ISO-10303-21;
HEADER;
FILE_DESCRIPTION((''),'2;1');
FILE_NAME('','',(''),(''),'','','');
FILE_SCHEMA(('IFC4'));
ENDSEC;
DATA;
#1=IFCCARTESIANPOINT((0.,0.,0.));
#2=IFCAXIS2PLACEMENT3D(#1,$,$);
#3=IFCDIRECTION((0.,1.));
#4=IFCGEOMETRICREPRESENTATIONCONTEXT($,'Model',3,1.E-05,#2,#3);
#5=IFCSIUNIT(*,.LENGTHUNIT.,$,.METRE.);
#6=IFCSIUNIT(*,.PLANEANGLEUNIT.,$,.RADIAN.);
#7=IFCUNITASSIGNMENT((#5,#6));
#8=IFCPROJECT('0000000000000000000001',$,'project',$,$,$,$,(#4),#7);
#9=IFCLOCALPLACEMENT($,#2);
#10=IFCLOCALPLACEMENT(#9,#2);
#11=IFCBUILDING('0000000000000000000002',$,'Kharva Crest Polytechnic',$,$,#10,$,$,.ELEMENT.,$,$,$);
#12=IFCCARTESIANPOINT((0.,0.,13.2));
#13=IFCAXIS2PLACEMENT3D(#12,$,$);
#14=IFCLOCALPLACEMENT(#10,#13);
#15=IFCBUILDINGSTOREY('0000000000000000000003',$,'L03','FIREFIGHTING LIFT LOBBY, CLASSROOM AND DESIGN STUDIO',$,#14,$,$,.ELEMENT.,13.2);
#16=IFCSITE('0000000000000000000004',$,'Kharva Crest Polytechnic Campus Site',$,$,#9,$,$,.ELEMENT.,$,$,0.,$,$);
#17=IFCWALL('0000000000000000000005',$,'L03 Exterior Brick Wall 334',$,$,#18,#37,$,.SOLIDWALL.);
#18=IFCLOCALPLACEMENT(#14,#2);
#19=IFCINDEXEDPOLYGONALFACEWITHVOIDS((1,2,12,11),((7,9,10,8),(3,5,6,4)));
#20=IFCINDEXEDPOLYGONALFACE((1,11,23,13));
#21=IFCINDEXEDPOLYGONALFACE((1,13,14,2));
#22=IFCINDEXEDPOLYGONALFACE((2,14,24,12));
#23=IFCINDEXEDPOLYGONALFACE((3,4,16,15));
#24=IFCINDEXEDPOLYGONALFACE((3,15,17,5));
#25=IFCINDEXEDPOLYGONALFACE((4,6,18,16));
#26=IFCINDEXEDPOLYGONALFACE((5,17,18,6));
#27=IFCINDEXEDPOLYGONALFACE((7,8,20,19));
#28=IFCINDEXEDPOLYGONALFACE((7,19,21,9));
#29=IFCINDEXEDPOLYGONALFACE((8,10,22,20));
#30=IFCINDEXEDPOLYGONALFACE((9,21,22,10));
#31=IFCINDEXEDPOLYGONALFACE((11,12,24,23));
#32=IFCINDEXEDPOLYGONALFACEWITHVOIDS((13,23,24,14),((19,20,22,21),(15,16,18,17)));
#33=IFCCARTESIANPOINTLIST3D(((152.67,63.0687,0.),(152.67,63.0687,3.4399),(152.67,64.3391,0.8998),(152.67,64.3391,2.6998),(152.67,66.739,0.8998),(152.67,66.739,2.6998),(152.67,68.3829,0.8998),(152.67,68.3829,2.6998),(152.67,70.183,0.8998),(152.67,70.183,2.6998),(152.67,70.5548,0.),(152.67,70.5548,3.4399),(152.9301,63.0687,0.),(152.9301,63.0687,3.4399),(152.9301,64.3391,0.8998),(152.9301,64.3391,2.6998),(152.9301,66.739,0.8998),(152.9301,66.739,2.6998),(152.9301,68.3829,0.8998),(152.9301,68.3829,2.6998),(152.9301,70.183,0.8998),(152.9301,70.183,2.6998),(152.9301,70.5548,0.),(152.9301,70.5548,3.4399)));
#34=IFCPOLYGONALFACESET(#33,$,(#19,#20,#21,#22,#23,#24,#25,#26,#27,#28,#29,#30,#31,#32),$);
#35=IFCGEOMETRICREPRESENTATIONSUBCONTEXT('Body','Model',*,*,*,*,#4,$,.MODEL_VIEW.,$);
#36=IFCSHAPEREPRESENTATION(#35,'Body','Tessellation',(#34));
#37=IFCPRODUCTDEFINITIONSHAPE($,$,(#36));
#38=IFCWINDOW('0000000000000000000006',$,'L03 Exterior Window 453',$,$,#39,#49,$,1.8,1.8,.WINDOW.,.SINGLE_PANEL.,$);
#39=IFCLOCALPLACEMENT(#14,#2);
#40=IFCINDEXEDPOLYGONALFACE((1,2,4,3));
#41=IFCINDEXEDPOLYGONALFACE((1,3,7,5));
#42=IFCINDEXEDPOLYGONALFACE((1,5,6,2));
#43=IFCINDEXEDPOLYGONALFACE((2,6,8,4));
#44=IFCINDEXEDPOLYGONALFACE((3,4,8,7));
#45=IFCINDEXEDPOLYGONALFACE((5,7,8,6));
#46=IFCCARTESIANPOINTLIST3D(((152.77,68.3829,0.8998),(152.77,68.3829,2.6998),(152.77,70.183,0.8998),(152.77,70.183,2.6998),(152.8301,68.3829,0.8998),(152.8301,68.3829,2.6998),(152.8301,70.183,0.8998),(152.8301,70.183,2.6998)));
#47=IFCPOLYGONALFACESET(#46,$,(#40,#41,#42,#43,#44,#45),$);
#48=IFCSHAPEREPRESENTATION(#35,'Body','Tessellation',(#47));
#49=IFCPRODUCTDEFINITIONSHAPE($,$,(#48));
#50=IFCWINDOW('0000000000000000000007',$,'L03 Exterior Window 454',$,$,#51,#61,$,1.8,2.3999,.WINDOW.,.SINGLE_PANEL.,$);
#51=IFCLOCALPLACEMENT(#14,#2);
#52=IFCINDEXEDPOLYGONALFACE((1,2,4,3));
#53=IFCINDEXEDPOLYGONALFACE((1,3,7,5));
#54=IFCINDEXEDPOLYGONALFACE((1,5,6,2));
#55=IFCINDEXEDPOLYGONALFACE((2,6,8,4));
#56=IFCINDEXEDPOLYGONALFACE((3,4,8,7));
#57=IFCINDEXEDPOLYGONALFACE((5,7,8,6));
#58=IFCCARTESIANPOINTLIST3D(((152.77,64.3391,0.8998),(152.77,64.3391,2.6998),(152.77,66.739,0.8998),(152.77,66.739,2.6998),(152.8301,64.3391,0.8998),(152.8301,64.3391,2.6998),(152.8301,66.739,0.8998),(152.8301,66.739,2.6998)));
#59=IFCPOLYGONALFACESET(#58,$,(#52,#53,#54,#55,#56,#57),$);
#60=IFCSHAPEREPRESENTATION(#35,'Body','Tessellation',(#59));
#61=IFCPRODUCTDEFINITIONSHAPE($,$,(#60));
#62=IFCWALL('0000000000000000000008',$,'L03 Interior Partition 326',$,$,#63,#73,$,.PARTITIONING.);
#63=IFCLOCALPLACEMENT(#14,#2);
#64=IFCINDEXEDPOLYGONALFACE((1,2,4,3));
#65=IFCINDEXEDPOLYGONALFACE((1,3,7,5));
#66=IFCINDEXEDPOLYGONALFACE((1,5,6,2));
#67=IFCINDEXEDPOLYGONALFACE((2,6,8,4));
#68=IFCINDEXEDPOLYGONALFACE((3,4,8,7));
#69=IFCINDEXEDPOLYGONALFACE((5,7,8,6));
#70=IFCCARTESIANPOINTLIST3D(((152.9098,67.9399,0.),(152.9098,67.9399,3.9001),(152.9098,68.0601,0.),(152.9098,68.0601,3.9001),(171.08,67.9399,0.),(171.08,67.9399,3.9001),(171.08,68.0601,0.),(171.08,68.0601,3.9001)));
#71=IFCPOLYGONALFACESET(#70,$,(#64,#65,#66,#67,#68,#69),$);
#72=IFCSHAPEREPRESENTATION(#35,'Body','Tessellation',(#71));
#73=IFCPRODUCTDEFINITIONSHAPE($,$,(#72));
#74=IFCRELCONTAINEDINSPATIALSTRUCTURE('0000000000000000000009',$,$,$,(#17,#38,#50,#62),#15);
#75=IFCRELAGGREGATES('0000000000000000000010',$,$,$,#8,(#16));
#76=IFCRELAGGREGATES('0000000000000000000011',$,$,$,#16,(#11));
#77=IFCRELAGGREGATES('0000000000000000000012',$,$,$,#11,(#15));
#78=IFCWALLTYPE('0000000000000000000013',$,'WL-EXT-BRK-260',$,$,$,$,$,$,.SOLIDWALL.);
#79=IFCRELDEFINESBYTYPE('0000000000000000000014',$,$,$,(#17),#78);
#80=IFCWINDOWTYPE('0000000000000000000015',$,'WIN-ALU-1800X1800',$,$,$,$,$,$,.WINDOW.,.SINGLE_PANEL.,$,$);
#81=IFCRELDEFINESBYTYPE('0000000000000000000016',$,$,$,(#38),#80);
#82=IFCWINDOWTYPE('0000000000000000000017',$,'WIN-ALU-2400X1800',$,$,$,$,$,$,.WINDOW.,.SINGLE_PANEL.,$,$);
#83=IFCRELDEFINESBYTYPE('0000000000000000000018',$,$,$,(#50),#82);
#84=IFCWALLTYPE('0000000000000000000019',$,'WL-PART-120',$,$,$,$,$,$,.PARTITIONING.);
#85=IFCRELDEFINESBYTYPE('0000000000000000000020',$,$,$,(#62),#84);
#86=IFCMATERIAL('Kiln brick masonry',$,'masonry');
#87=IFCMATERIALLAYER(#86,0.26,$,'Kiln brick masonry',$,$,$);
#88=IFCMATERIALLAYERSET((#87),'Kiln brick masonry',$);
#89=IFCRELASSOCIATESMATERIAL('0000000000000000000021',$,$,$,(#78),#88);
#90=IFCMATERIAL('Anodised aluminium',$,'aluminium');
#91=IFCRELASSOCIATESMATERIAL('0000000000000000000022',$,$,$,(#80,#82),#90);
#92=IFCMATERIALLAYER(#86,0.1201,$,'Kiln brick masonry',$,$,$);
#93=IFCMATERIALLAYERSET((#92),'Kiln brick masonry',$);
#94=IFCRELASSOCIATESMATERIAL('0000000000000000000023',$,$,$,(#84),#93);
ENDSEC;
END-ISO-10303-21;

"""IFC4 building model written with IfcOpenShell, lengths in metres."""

from ifc_helpers import new_model, si_unit, direction, frame, frame_2d, origin, place, context, subcontext, project, spatial, rectangle, extrude, material, layer, layer_set, type_object, element, fill, save


model = new_model("IFC4")

# Units and contexts
model_context = context("Model", 3, precision=1e-05, world=origin(), true_north=direction((0.0, 1.0)))
body_context = subcontext(model_context, "Body", "Model", "MODEL_VIEW")
ifc_project = project(units=[si_unit("LENGTHUNIT", "METRE"), si_unit("PLANEANGLEUNIT", "RADIAN")], contexts=[model_context])

# Site, building, storey
site_placement = place(None, origin())
site = spatial("IfcSite", under=ifc_project, at=site_placement, Name="Kharva Crest Polytechnic Campus Site", CompositionType="ELEMENT", RefElevation=0.0)
building_placement = place(site_placement, origin())
building = spatial("IfcBuilding", under=site, at=building_placement, Name="Kharva Crest Polytechnic", CompositionType="ELEMENT")
storey_placement = place(building_placement, frame((0.0, 0.0, 13.2)))
storey = spatial("IfcBuildingStorey", under=building, at=storey_placement, Name="L03", Description="FIREFIGHTING LIFT LOBBY, CLASSROOM AND DESIGN STUDIO", CompositionType="ELEMENT", Elevation=13.2)

# Wall, openings, windows
ifc_material_1 = material(Name="Kiln brick masonry", Category="masonry")
ifc_layer_1 = layer(ifc_material_1, 0.26, Name="Kiln brick masonry")
ifc_layer_set_1 = layer_set([ifc_layer_1], Name="Kiln brick masonry")
wall_type_1 = type_object("IfcWallType", Name="WL-EXT-BRK-260", PredefinedType="SOLIDWALL", material=ifc_layer_set_1)
wall_1_placement = place(storey_placement, frame((152.8, 70.5549, 0.0), z_axis=(0.0, 0.0, 1.0), x_axis=(0.0, -1.0, 0.0)))
wall_1 = element("IfcWall", 1, at=wall_1_placement, inside=storey, type_object=wall_type_1, Name="L03 Exterior Brick Wall 334", PredefinedType="SOLIDWALL", context=body_context, shape_type="SweptSolid", body=[
    extrude(rectangle(XDim=7.4861, YDim=0.26, at=frame_2d((3.7432, 0.0))), origin(), (0.0, 0.0, 1.0), 3.4399),
])
opening_1_placement = place(wall_1_placement, frame((0.3721, 0.0, 0.8999)))
opening_1 = element("IfcOpeningElement", 2, at=opening_1_placement, cuts=wall_1, PredefinedType="OPENING", context=body_context, shape_type="SweptSolid", body=[
    extrude(rectangle(XDim=1.8, YDim=1.8, at=frame_2d((0.8999, 0.8999))), frame((0.0, 0.1399, 0.0), z_axis=(0.0, -1.0, 0.0), x_axis=(1.0, 0.0, 0.0)), (0.0, 0.0, 1.0), 0.28),
])
opening_2_placement = place(wall_1_placement, frame((3.8159, 0.0, 0.8999)))
opening_2 = element("IfcOpeningElement", 3, at=opening_2_placement, cuts=wall_1, PredefinedType="OPENING", context=body_context, shape_type="SweptSolid", body=[
    extrude(rectangle(XDim=2.3999, YDim=1.8, at=frame_2d((1.2, 0.8999))), frame((0.0, 0.1399, 0.0), z_axis=(0.0, -1.0, 0.0), x_axis=(1.0, 0.0, 0.0)), (0.0, 0.0, 1.0), 0.28),
])
ifc_material_2 = material(Name="Anodised aluminium", Category="aluminium")
window_type_1 = type_object("IfcWindowType", Name="WIN-ALU-1800X1800", PartitioningType="SINGLE_PANEL", PredefinedType="WINDOW", material=ifc_material_2)
window_1_placement = place(opening_1_placement, origin())
window_1 = element("IfcWindow", 4, at=window_1_placement, inside=storey, type_object=window_type_1, Name="L03 Exterior Window 453", OverallHeight=1.8, OverallWidth=1.8, PartitioningType="SINGLE_PANEL", PredefinedType="WINDOW", context=body_context, shape_type="SweptSolid", body=[
    extrude(rectangle(XDim=1.8, YDim=1.8, at=frame_2d((0.8999, 0.8999))), frame((0.0, 0.03, 0.0), z_axis=(0.0, -1.0, 0.0), x_axis=(1.0, 0.0, 0.0)), (0.0, 0.0, 1.0), 0.0601),
])
fill(opening_1, window_1)
window_type_2 = type_object("IfcWindowType", Name="WIN-ALU-2400X1800", PartitioningType="SINGLE_PANEL", PredefinedType="WINDOW", material=ifc_material_2)
window_2_placement = place(opening_2_placement, origin())
window_2 = element("IfcWindow", 5, at=window_2_placement, inside=storey, type_object=window_type_2, Name="L03 Exterior Window 454", OverallHeight=1.8, OverallWidth=2.3999, PartitioningType="SINGLE_PANEL", PredefinedType="WINDOW", context=body_context, shape_type="SweptSolid", body=[
    extrude(rectangle(XDim=2.3999, YDim=1.8, at=frame_2d((1.2, 0.8999))), frame((0.0, 0.03, 0.0), z_axis=(0.0, -1.0, 0.0), x_axis=(1.0, 0.0, 0.0)), (0.0, 0.0, 1.0), 0.0601),
])
fill(opening_2, window_2)

# Wall
ifc_layer_2 = layer(ifc_material_1, 0.1201, Name="Kiln brick masonry")
ifc_layer_set_2 = layer_set([ifc_layer_2], Name="Kiln brick masonry")
wall_type_2 = type_object("IfcWallType", Name="WL-PART-120", PredefinedType="PARTITIONING", material=ifc_layer_set_2)
wall_2_placement = place(storey_placement, frame((152.9099, 68.0, 0.0), z_axis=(0.0, 0.0, 1.0), x_axis=(1.0, 0.0, 0.0)))
element("IfcWall", 6, at=wall_2_placement, inside=storey, type_object=wall_type_2, Name="L03 Interior Partition 326", PredefinedType="PARTITIONING", context=body_context, shape_type="SweptSolid", body=[
    extrude(rectangle(XDim=18.1702, YDim=0.1201, at=frame_2d((9.085, 0.0))), origin(), (0.0, 0.0, 1.0), 3.9001),
])

save(model, "model.ifc")
